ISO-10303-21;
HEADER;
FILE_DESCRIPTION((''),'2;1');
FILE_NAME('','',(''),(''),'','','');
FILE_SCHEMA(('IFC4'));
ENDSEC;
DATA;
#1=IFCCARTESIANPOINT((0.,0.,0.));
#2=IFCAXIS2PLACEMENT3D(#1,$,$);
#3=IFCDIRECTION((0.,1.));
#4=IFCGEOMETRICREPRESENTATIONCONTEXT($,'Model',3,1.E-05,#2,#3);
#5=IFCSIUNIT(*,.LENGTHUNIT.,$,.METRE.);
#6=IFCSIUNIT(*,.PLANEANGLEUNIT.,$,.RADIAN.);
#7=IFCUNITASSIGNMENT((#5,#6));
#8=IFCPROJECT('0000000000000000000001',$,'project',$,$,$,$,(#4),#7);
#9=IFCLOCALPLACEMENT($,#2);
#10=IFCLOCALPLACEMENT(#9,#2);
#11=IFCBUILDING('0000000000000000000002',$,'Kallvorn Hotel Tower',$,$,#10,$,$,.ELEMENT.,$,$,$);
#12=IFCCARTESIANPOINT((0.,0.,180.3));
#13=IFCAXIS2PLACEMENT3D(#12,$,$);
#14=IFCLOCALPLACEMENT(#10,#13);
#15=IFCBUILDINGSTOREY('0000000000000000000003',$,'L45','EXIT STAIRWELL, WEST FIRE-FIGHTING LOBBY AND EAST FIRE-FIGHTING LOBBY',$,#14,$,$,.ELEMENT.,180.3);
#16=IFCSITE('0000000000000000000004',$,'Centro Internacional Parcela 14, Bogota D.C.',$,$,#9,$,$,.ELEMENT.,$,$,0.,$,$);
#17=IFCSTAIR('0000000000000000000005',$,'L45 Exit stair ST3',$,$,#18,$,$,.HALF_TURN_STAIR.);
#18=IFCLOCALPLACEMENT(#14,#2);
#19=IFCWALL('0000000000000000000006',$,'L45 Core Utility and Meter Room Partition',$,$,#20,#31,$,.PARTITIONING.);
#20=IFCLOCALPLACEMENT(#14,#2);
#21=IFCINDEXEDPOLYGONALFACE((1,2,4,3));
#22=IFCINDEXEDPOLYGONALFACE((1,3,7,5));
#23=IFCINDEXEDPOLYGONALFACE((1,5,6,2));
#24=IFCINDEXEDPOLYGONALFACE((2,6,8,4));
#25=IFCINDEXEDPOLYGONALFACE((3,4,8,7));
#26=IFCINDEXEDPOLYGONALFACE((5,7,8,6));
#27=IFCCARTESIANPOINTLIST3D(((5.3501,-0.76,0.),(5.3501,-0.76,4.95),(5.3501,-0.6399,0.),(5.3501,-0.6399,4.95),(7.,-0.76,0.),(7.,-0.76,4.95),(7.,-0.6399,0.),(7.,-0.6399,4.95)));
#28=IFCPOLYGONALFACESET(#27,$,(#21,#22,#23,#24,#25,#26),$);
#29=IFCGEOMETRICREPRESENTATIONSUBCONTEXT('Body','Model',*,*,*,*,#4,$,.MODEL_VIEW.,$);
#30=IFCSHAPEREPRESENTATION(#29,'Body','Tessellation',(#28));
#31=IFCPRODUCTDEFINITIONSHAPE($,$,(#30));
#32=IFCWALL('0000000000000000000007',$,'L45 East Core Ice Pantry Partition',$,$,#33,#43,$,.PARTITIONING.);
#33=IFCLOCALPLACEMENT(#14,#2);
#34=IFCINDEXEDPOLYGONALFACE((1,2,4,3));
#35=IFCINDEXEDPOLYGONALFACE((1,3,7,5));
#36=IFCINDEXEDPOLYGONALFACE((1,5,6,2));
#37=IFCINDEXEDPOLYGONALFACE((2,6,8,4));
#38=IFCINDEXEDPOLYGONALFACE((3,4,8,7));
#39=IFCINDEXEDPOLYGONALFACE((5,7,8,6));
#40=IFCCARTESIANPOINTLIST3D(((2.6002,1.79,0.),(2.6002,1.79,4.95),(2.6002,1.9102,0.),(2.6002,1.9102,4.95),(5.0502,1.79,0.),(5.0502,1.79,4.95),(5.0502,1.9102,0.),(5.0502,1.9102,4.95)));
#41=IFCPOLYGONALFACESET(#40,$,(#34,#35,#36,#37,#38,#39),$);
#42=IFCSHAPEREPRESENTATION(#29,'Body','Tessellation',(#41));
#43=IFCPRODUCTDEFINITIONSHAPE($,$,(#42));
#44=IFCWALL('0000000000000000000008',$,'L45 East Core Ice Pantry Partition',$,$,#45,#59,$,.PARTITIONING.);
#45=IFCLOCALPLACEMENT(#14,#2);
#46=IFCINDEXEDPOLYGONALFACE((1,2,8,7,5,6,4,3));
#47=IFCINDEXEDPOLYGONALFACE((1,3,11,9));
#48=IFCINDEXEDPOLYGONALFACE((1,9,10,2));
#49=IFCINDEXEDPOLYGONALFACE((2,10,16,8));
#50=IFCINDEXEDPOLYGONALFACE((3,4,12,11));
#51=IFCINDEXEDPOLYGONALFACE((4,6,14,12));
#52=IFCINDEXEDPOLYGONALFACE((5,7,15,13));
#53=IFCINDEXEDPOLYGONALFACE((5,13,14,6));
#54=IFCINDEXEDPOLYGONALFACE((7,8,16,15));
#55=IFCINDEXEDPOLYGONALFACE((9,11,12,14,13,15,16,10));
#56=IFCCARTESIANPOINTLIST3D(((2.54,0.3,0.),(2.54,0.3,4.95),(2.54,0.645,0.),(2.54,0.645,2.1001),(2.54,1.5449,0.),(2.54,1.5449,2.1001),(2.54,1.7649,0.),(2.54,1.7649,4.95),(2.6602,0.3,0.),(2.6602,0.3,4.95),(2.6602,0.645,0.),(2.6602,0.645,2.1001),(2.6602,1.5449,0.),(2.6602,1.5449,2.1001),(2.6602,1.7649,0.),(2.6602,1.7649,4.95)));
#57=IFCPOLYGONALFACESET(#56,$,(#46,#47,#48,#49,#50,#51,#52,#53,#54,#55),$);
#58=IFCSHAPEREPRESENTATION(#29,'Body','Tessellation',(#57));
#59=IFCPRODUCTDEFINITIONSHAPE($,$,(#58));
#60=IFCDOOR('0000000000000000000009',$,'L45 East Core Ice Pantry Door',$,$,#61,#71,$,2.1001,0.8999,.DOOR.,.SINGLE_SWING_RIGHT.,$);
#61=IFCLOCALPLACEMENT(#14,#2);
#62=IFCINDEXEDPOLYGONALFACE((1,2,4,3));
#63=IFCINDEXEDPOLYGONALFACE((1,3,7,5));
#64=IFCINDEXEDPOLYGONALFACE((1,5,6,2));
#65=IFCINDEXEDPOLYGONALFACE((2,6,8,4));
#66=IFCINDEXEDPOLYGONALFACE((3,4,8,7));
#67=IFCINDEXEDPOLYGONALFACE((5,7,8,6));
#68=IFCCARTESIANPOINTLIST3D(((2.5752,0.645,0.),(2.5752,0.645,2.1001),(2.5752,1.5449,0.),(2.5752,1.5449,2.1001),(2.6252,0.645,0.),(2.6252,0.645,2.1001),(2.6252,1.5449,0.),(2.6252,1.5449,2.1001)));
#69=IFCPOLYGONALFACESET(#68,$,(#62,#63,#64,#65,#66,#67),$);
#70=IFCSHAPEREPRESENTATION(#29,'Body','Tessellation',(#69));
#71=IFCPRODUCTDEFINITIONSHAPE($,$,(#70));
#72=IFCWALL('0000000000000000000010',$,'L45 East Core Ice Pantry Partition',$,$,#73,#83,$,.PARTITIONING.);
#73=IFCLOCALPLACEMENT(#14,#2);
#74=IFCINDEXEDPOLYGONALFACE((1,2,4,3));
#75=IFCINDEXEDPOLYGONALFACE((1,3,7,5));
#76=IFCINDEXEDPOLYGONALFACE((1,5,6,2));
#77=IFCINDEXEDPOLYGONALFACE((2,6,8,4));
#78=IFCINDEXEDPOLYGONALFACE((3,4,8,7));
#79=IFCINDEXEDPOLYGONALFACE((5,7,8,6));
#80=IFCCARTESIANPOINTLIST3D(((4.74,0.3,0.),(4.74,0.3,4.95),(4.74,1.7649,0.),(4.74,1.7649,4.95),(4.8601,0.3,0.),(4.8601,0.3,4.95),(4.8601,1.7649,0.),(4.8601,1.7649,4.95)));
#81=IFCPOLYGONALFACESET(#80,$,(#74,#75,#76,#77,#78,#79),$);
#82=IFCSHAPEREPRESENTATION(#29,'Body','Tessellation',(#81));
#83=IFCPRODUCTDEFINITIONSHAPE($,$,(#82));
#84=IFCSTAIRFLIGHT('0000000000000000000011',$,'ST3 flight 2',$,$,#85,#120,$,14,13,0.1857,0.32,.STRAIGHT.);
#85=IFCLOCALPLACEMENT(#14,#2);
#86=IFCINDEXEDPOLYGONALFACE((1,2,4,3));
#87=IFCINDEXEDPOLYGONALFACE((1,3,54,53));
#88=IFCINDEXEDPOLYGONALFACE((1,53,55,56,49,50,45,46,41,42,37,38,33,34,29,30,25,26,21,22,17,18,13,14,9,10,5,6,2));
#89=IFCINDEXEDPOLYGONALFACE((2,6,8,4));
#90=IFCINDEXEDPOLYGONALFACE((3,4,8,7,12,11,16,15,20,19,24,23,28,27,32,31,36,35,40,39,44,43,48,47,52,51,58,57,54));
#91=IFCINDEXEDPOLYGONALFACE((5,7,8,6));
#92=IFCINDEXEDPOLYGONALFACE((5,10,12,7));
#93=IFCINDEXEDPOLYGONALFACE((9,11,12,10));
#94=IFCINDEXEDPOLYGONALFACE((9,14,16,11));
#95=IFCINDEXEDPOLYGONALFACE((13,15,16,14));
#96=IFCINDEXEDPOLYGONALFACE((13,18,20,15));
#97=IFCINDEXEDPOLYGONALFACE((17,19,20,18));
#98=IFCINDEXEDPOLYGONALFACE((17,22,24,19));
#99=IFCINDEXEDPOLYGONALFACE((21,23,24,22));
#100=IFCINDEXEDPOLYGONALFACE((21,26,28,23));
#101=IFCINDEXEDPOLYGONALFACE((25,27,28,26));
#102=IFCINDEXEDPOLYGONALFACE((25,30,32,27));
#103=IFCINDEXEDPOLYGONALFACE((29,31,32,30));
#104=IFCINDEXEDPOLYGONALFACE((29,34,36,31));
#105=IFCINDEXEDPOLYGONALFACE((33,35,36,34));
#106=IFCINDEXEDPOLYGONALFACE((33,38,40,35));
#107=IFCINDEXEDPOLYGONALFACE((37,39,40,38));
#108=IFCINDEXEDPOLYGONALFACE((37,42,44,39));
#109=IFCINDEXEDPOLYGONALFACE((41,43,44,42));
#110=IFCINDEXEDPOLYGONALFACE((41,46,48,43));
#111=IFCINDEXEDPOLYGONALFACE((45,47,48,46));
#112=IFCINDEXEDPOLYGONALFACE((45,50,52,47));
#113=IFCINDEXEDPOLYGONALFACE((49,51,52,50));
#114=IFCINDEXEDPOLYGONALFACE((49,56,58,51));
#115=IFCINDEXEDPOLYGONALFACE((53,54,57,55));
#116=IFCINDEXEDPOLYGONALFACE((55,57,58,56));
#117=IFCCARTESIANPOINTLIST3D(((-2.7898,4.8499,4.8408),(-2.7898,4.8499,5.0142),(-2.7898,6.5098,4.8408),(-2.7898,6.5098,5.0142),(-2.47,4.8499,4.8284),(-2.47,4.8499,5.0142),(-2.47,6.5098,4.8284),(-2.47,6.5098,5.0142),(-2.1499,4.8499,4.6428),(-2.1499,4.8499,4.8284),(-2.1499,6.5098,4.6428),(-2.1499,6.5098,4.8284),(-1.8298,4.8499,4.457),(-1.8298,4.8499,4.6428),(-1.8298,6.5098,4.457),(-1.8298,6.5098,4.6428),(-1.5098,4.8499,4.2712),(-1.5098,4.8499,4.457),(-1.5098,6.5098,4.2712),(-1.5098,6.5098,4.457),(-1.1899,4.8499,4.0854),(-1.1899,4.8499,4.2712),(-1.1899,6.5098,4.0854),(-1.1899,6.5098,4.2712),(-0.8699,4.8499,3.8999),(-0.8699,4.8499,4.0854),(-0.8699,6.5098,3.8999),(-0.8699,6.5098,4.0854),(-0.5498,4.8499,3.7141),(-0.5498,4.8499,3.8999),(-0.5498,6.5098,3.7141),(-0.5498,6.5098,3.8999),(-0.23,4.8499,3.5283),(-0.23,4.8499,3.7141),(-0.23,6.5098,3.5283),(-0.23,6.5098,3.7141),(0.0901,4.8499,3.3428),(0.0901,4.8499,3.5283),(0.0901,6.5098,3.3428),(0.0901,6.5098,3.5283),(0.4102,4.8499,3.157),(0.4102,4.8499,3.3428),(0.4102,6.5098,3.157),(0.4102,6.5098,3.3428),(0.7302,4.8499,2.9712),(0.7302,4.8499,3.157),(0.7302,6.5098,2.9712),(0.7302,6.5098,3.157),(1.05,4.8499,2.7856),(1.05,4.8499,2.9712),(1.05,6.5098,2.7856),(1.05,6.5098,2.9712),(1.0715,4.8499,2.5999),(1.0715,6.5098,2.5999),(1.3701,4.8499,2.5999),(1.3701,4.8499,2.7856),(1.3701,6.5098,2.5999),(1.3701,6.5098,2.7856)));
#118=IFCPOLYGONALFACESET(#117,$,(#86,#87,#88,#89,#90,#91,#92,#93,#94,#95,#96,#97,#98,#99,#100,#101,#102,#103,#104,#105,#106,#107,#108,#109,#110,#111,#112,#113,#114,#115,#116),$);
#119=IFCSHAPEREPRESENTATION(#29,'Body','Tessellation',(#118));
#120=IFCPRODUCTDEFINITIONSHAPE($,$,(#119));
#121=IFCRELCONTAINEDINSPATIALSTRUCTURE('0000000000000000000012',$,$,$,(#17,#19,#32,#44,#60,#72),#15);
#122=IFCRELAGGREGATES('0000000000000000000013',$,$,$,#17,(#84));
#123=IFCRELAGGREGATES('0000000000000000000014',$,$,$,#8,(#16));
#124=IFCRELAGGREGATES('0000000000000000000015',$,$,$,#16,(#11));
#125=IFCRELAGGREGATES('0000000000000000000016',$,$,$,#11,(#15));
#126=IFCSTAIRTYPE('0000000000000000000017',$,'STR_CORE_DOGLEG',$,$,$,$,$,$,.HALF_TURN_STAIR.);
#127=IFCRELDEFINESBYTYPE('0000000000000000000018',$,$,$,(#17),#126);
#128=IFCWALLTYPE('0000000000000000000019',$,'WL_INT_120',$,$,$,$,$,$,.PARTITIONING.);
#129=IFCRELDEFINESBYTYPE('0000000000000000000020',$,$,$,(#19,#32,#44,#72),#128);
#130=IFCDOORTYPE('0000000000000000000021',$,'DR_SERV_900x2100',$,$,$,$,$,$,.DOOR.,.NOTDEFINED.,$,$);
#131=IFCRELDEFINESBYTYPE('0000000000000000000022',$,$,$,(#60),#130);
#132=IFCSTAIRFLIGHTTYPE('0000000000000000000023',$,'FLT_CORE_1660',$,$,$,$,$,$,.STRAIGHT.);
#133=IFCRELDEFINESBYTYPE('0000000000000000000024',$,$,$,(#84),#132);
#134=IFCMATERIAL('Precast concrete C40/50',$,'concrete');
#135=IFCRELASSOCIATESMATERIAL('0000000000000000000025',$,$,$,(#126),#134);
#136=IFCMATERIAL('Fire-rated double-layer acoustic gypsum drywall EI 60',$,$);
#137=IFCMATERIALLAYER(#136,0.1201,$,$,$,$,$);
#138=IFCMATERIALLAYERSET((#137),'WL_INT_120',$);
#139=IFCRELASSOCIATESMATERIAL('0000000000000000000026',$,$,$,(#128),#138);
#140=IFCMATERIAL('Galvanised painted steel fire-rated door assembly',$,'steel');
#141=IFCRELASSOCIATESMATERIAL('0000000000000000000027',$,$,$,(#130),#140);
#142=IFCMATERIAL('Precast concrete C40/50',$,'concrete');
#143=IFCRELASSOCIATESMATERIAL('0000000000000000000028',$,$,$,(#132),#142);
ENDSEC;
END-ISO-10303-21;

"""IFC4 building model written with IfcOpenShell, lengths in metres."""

from ifc_helpers import new_model, si_unit, direction, frame, frame_2d, origin, place, context, subcontext, project, spatial, polyline, rectangle, outline, extrude, material, layer, layer_set, type_object, element, fill, aggregate, save


model = new_model("IFC4")

# Units and contexts
model_context = context("Model", 3, precision=1e-05, world=origin(), true_north=direction((0.0, 1.0)))
body_context = subcontext(model_context, "Body", "Model", "MODEL_VIEW")
ifc_project = project(units=[si_unit("LENGTHUNIT", "METRE"), si_unit("PLANEANGLEUNIT", "RADIAN")], contexts=[model_context])

# Site, building, storey
site_placement = place(None, origin())
site = spatial("IfcSite", under=ifc_project, at=site_placement, Name="Centro Internacional Parcela 14, Bogota D.C.", CompositionType="ELEMENT", RefElevation=0.0)
building_placement = place(site_placement, origin())
building = spatial("IfcBuilding", under=site, at=building_placement, Name="Kallvorn Hotel Tower", CompositionType="ELEMENT")
storey_placement = place(building_placement, frame((0.0, 0.0, 180.3)))
storey = spatial("IfcBuildingStorey", under=building, at=storey_placement, Name="L45", Description="EXIT STAIRWELL, WEST FIRE-FIGHTING LOBBY AND EAST FIRE-FIGHTING LOBBY", CompositionType="ELEMENT", Elevation=180.3)

# Stair
ifc_material_1 = material(Name="Precast concrete C40/50", Category="concrete")
stair_type = type_object("IfcStairType", Name="STR_CORE_DOGLEG", PredefinedType="HALF_TURN_STAIR", material=ifc_material_1)
stair_1_placement = place(storey_placement, origin())
stair_1 = element("IfcStair", 1, at=stair_1_placement, inside=storey, type_object=stair_type, Name="L45 Exit stair ST3", PredefinedType="HALF_TURN_STAIR")

# Walls
ifc_material_2 = material(Name="Fire-rated double-layer acoustic gypsum drywall EI 60")
ifc_layer_1 = layer(ifc_material_2, 0.1201)
ifc_layer_set_1 = layer_set([ifc_layer_1], Name="WL_INT_120")
wall_type_1 = type_object("IfcWallType", Name="WL_INT_120", PredefinedType="PARTITIONING", material=ifc_layer_set_1)
wall_1_placement = place(storey_placement, frame((5.3501, -0.7, 0.0), z_axis=(0.0, 0.0, 1.0), x_axis=(1.0, 0.0, 0.0)))
element("IfcWall", 2, at=wall_1_placement, inside=storey, type_object=wall_type_1, Name="L45 Core Utility and Meter Room Partition", PredefinedType="PARTITIONING", context=body_context, shape_type="SweptSolid", body=[
    extrude(rectangle(XDim=1.6499, YDim=0.1201, at=frame_2d((0.825, 0.0))), origin(), (0.0, 0.0, 1.0), 4.95),
])
wall_2_placement = place(storey_placement, frame((2.6001, 1.8501, 0.0), z_axis=(0.0, 0.0, 1.0), x_axis=(1.0, 0.0, 0.0)))
element("IfcWall", 3, at=wall_2_placement, inside=storey, type_object=wall_type_1, Name="L45 East Core Ice Pantry Partition", PredefinedType="PARTITIONING", context=body_context, shape_type="SweptSolid", body=[
    extrude(rectangle(XDim=2.45, YDim=0.1201, at=frame_2d((1.2251, 0.0))), origin(), (0.0, 0.0, 1.0), 4.95),
])

# Wall, opening, door
wall_3_placement = place(storey_placement, frame((2.6001, 0.3, 0.0), z_axis=(0.0, 0.0, 1.0), x_axis=(0.0, 1.0, 0.0)))
wall_3 = element("IfcWall", 4, at=wall_3_placement, inside=storey, type_object=wall_type_1, Name="L45 East Core Ice Pantry Partition", PredefinedType="PARTITIONING", context=body_context, shape_type="SweptSolid", body=[
    extrude(rectangle(XDim=1.4648, YDim=0.1201, at=frame_2d((0.7324, 0.0))), origin(), (0.0, 0.0, 1.0), 4.95),
])
opening_1_placement = place(wall_3_placement, frame((0.345, 0.0, 0.0)))
opening_1 = element("IfcOpeningElement", 5, at=opening_1_placement, cuts=wall_3, PredefinedType="OPENING", context=body_context, shape_type="SweptSolid", body=[
    extrude(rectangle(XDim=0.8999, YDim=2.1001, at=frame_2d((0.45, 1.05))), frame((0.0, 0.075, 0.0), z_axis=(0.0, -1.0, 0.0), x_axis=(1.0, 0.0, 0.0)), (0.0, 0.0, 1.0), 0.1501),
])
ifc_material_3 = material(Name="Galvanised painted steel fire-rated door assembly", Category="steel")
door_type_1 = type_object("IfcDoorType", Name="DR_SERV_900x2100", OperationType="NOTDEFINED", PredefinedType="DOOR", material=ifc_material_3)
door_1_placement = place(opening_1_placement, origin())
door_1 = element("IfcDoor", 6, at=door_1_placement, inside=storey, type_object=door_type_1, Name="L45 East Core Ice Pantry Door", OperationType="SINGLE_SWING_RIGHT", OverallHeight=2.1001, OverallWidth=0.8999, PredefinedType="DOOR", context=body_context, shape_type="SweptSolid", body=[
    extrude(rectangle(XDim=0.8999, YDim=2.1001, at=frame_2d((0.45, 1.05))), frame((0.0, 0.0249, 0.0), z_axis=(0.0, -1.0, 0.0), x_axis=(1.0, 0.0, 0.0)), (0.0, 0.0, 1.0), 0.05),
])
fill(opening_1, door_1)

# Wall
wall_4_placement = place(storey_placement, frame((4.8, 0.3, 0.0), z_axis=(0.0, 0.0, 1.0), x_axis=(0.0, 1.0, 0.0)))
element("IfcWall", 7, at=wall_4_placement, inside=storey, type_object=wall_type_1, Name="L45 East Core Ice Pantry Partition", PredefinedType="PARTITIONING", context=body_context, shape_type="SweptSolid", body=[
    extrude(rectangle(XDim=1.4648, YDim=0.1201, at=frame_2d((0.7324, 0.0))), origin(), (0.0, 0.0, 1.0), 4.95),
])

# Stair flight
ifc_material_4 = material(Name="Precast concrete C40/50", Category="concrete")
stair_flight_type = type_object("IfcStairFlightType", Name="FLT_CORE_1660", PredefinedType="STRAIGHT", material=ifc_material_4)
stair_flight_placement = place(storey_placement, frame((1.3701, 5.6799, 2.5999), z_axis=(0.0, 0.0, 1.0), x_axis=(-1.0, 0.0, 0.0)))
stair_flight = element("IfcStairFlight", 8, at=stair_flight_placement, type_object=stair_flight_type, Name="ST3 flight 2", NumberOfRisers=14, NumberOfTreads=13, PredefinedType="STRAIGHT", RiserHeight=0.1857, TreadLength=0.32, context=body_context, shape_type="SweptSolid", body=[
    extrude(outline(polyline([(0.0, 0.0), (0.0, 0.1858), (0.3201, 0.1858), (0.3201, 0.3713), (0.6399, 0.3713), (0.6399, 0.5571), (0.96, 0.5571), (0.96, 0.7429), (1.28, 0.7429), (1.28, 0.9285), (1.6001, 0.9285), (1.6001, 1.1143), (1.9199, 1.1143), (1.9199, 1.3), (2.24, 1.3), (2.24, 1.4856), (2.5601, 1.4856), (2.5601, 1.6714), (2.8799, 1.6714), (2.8799, 1.8572), (3.2, 1.8572), (3.2, 2.043), (3.52, 2.043), (3.52, 2.2285), (3.8401, 2.2285), (3.8401, 2.4143), (4.1599, 2.4143), (4.1599, 2.6001), (4.1599, 2.241), (0.2986, 0.0), (0.0, 0.0)])), frame((0.0, 0.8301, 0.0), z_axis=(0.0, -1.0, 0.0), x_axis=(1.0, 0.0, 0.0)), (0.0, 0.0, 1.0), 1.6599),
])
aggregate(stair_1, [stair_flight])

save(model, "model.ifc")
